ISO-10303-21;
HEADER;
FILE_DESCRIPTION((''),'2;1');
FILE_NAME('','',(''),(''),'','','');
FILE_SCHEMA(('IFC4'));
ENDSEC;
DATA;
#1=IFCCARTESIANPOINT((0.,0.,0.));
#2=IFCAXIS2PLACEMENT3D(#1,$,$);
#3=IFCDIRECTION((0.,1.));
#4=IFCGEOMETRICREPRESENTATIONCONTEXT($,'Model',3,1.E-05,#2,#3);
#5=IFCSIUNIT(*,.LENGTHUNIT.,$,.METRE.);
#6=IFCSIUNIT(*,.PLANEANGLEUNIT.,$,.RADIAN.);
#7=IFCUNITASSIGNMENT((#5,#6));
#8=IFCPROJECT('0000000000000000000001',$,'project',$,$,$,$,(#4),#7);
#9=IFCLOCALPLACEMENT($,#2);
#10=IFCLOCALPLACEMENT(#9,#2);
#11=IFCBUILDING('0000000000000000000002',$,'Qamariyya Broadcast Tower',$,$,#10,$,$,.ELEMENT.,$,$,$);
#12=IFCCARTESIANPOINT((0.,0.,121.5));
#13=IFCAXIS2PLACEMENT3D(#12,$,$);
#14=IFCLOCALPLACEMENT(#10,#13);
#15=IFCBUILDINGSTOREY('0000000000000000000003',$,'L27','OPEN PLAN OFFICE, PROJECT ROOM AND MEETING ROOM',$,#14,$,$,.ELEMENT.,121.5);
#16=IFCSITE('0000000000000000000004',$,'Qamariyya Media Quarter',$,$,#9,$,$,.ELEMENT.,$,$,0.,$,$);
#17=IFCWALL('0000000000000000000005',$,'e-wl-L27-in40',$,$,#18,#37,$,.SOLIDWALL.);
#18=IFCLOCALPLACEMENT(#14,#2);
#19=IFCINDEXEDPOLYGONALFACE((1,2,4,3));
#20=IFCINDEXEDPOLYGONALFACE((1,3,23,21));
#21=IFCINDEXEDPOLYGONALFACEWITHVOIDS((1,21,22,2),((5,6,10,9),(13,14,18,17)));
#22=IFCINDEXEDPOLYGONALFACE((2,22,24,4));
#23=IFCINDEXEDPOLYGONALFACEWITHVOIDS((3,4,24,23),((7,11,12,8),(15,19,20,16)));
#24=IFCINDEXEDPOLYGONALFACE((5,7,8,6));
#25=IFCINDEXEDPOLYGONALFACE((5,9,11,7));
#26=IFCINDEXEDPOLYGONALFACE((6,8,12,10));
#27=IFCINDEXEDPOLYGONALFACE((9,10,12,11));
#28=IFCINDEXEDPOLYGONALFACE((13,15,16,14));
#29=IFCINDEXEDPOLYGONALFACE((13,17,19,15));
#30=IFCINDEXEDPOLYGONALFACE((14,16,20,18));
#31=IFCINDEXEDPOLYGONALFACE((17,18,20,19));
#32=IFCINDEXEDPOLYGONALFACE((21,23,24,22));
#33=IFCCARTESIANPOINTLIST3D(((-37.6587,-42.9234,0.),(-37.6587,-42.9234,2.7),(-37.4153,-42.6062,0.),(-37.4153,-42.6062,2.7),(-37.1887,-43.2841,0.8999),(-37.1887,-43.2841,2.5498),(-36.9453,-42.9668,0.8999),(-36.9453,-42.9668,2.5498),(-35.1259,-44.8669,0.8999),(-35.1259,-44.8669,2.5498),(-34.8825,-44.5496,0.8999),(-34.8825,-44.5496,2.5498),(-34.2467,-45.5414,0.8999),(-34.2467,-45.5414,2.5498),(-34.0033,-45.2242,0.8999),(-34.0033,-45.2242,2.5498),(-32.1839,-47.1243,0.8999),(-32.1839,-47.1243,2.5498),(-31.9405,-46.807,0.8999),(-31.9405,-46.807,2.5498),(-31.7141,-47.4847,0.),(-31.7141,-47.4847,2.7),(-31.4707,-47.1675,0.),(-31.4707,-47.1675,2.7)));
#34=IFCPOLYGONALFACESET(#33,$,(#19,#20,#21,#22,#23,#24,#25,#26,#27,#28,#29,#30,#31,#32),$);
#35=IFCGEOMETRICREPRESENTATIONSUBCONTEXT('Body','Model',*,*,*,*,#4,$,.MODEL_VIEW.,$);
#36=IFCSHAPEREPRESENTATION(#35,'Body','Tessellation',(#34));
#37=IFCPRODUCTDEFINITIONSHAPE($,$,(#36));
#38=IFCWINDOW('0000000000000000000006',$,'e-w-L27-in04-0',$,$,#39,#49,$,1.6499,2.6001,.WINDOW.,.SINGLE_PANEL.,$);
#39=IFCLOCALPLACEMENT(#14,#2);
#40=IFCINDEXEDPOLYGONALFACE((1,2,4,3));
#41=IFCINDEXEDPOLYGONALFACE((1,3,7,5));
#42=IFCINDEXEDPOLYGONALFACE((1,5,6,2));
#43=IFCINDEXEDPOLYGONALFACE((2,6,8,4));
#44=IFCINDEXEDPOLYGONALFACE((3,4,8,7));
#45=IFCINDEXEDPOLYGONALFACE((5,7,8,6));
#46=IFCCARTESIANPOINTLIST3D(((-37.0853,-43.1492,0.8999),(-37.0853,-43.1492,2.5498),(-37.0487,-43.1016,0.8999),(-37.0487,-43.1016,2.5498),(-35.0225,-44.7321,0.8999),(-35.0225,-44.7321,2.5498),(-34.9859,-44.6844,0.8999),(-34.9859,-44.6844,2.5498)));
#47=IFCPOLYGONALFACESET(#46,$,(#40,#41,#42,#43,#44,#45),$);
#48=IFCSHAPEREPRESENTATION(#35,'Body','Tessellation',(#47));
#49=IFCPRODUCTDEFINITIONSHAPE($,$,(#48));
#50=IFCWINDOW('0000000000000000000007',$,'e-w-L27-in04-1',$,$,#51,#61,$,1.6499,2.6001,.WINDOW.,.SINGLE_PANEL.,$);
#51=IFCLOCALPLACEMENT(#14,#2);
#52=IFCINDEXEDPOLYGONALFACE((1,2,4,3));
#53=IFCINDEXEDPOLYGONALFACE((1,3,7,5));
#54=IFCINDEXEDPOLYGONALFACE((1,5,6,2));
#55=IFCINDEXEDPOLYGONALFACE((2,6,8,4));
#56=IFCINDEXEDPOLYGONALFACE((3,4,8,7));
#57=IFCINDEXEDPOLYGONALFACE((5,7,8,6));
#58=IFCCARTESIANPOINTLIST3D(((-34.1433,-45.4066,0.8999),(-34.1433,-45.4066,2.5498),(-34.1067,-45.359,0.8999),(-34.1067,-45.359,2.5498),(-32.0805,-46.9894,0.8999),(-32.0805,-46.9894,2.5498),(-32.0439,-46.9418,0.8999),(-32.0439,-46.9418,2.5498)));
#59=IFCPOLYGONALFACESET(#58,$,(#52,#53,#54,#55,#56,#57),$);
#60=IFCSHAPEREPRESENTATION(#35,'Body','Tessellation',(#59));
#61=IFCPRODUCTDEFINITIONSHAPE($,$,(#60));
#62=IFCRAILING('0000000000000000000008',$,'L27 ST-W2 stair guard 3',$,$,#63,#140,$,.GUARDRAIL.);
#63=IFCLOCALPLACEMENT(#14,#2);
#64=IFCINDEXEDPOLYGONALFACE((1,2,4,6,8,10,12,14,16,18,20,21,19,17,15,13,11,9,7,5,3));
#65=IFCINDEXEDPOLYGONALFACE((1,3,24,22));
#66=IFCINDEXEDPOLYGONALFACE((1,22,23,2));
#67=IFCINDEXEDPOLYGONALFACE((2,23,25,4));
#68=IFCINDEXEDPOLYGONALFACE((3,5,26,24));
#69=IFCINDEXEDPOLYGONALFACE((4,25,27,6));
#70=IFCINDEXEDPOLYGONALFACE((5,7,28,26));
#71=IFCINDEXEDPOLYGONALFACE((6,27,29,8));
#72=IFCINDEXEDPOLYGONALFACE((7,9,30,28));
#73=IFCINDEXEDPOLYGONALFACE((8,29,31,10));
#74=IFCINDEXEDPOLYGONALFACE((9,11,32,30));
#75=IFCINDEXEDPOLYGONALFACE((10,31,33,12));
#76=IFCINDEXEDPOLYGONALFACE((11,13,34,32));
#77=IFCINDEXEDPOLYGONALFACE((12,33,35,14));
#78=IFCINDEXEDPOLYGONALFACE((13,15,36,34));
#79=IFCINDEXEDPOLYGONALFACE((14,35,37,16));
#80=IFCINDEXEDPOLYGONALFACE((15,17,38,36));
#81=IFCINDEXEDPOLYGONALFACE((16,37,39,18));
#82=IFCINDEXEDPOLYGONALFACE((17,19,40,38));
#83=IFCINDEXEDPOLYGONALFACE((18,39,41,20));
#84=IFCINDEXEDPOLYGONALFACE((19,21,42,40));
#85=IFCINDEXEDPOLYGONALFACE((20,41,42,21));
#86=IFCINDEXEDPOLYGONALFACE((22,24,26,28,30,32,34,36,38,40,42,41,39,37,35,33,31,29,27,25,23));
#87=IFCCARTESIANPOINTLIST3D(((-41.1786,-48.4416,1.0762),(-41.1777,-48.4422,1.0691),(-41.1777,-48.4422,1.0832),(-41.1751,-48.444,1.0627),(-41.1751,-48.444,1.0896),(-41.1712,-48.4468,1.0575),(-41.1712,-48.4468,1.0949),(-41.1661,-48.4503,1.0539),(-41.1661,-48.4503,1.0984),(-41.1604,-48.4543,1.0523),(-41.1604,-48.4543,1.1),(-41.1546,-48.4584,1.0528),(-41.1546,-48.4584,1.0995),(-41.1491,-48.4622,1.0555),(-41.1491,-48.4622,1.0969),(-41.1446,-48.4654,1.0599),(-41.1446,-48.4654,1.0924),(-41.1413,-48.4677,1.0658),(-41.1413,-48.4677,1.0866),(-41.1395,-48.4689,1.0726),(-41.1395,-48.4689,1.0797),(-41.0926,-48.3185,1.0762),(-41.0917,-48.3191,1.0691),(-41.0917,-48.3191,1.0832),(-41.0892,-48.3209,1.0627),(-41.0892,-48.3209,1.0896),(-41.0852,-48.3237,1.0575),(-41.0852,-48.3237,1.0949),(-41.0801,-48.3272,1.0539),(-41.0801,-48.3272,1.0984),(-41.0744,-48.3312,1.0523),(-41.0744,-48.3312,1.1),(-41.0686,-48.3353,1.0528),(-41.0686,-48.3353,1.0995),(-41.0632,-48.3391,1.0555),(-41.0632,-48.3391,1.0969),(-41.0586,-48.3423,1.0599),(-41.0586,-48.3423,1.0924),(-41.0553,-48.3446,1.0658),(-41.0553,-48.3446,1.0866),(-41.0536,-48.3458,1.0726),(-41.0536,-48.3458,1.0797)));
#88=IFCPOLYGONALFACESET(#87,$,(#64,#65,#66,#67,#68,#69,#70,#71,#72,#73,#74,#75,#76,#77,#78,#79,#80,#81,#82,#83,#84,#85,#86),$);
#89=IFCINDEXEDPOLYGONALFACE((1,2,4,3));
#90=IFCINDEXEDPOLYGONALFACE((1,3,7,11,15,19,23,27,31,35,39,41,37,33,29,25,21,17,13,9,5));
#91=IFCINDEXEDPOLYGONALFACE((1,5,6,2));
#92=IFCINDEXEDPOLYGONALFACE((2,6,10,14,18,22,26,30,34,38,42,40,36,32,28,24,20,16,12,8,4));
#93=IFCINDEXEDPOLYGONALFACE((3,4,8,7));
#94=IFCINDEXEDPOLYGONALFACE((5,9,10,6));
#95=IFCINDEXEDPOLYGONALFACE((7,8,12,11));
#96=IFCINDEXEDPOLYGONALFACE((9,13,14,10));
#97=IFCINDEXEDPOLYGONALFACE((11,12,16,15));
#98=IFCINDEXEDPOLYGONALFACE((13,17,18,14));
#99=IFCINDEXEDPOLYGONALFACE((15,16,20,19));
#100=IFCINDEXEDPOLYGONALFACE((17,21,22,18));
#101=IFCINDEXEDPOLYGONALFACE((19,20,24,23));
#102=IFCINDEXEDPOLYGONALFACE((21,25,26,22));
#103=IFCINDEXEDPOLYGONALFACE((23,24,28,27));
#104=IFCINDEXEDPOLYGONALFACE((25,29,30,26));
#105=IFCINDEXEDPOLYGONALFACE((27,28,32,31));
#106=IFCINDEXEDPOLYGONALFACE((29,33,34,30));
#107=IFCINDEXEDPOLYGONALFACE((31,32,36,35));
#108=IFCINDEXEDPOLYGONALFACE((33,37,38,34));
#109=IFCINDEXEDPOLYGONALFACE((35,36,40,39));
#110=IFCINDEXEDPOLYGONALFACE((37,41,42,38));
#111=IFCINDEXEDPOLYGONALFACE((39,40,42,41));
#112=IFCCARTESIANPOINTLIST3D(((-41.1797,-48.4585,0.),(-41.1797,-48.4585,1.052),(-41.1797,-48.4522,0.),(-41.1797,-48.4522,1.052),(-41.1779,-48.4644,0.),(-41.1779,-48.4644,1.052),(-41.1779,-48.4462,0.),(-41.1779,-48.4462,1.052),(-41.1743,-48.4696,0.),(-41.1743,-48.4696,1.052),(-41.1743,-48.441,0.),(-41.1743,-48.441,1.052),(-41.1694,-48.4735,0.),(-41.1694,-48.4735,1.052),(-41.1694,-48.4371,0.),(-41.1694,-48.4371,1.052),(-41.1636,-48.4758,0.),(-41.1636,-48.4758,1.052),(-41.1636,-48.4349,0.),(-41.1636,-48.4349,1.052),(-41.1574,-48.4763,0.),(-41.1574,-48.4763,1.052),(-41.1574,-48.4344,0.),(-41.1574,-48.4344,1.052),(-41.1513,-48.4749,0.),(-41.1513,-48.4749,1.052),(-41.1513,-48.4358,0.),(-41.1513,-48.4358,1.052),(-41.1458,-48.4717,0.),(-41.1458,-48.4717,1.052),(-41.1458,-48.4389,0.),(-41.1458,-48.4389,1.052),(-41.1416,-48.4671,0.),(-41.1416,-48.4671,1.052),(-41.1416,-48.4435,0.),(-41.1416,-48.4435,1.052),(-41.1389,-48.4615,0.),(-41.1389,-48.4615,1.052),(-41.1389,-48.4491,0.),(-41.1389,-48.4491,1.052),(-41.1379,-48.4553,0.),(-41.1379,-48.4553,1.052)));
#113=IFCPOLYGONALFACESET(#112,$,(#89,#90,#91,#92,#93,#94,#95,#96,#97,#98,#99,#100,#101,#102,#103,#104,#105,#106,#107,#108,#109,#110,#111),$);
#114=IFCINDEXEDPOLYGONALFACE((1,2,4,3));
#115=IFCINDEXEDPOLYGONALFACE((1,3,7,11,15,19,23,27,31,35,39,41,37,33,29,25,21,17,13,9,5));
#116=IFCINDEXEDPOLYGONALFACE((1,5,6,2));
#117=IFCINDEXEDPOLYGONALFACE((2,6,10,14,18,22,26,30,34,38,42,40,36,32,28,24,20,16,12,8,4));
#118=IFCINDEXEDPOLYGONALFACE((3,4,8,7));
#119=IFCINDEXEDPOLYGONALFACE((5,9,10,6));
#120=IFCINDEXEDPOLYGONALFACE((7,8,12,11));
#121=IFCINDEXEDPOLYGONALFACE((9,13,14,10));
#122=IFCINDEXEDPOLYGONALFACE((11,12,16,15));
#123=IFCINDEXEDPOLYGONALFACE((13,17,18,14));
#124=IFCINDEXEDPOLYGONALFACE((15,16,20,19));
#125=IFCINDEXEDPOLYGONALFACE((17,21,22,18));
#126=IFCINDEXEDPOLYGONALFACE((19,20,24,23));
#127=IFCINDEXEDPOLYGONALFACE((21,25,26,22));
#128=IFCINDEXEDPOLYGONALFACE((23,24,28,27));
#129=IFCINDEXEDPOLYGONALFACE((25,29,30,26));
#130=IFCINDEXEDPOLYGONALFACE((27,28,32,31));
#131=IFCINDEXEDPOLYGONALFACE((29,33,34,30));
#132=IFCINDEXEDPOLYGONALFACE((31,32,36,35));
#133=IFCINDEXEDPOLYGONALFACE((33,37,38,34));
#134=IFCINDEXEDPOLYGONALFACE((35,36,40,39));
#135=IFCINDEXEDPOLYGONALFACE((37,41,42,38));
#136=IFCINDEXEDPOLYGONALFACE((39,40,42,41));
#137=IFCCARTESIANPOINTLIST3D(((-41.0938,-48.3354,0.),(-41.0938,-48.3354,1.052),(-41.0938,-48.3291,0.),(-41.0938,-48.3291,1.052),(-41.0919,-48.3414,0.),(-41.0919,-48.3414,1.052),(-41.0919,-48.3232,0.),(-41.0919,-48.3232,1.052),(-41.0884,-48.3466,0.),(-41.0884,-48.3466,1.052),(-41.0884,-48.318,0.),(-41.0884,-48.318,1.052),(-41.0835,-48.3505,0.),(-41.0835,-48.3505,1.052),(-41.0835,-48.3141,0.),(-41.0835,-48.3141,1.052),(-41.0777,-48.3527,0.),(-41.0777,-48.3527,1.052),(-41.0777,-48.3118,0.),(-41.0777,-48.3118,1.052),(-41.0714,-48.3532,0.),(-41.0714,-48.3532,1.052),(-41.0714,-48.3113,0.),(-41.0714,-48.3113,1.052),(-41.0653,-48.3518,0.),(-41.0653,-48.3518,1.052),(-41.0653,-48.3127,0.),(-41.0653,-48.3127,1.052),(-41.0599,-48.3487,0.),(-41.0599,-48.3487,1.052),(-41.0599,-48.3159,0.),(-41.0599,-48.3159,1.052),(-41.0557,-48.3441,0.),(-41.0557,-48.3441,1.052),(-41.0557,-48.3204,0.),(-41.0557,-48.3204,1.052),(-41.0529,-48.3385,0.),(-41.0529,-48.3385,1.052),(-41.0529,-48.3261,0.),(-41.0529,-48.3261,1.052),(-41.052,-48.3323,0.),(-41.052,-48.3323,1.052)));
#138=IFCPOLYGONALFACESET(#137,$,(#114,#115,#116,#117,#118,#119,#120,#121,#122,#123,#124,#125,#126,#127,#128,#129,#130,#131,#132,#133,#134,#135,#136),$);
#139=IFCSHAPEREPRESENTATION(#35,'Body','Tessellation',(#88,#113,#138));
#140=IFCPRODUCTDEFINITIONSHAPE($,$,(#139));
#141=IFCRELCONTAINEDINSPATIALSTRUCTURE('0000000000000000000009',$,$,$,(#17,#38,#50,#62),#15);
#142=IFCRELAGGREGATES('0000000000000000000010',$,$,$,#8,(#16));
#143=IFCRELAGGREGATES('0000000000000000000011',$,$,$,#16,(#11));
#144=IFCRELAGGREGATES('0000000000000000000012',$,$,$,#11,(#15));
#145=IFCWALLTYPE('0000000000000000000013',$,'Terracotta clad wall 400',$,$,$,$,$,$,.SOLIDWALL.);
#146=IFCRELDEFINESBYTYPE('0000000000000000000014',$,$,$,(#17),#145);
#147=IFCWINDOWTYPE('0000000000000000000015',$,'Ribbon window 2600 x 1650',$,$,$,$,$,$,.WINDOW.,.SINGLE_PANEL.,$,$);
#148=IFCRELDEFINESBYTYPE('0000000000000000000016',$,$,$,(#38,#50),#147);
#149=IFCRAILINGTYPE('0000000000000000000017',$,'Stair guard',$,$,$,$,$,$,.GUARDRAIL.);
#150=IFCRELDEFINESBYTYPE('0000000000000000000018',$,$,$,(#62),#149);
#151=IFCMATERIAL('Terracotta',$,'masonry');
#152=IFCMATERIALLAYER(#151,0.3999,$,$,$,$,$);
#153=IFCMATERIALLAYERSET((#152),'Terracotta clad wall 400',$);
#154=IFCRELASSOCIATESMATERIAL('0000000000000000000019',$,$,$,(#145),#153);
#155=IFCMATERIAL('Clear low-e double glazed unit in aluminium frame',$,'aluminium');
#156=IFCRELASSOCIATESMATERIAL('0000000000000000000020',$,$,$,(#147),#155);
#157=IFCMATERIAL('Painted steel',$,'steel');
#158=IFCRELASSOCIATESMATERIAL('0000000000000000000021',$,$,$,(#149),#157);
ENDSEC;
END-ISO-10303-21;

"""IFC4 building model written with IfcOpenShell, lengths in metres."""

from ifc_helpers import new_model, si_unit, direction, frame, frame_2d, origin, origin_2d, place, context, subcontext, project, spatial, rectangle, circle, extrude, material, layer, layer_set, type_object, element, fill, save


model = new_model("IFC4")

# Units and contexts
model_context = context("Model", 3, precision=1e-05, world=origin(), true_north=direction((0.0, 1.0)))
body_context = subcontext(model_context, "Body", "Model", "MODEL_VIEW")
ifc_project = project(units=[si_unit("LENGTHUNIT", "METRE"), si_unit("PLANEANGLEUNIT", "RADIAN")], contexts=[model_context])

# Site, building, storey
site_placement = place(None, origin())
site = spatial("IfcSite", under=ifc_project, at=site_placement, Name="Qamariyya Media Quarter", CompositionType="ELEMENT", RefElevation=0.0)
building_placement = place(site_placement, origin())
building = spatial("IfcBuilding", under=site, at=building_placement, Name="Qamariyya Broadcast Tower", CompositionType="ELEMENT")
storey_placement = place(building_placement, frame((0.0, 0.0, 121.5)))
storey = spatial("IfcBuildingStorey", under=building, at=storey_placement, Name="L27", Description="OPEN PLAN OFFICE, PROJECT ROOM AND MEETING ROOM", CompositionType="ELEMENT", Elevation=121.5)

# Wall, openings, windows
ifc_material_1 = material(Name="Terracotta", Category="masonry")
ifc_layer_1 = layer(ifc_material_1, 0.3999)
ifc_layer_set_1 = layer_set([ifc_layer_1], Name="Terracotta clad wall 400")
wall_type_1 = type_object("IfcWallType", Name="Terracotta clad wall 400", PredefinedType="SOLIDWALL", material=ifc_layer_set_1)
ifc_material_2 = material(Name="Clear low-e double glazed unit in aluminium frame", Category="aluminium")
window_type = type_object("IfcWindowType", Name="Ribbon window 2600 x 1650", PartitioningType="SINGLE_PANEL", PredefinedType="WINDOW", material=ifc_material_2)
wall_1_placement = place(storey_placement, frame((-31.5923, -47.3262, 0.0), z_axis=(0.0, 0.0, 1.0), x_axis=(-0.793363, 0.608748, 0.0)))
wall_1 = element("IfcWall", 1, at=wall_1_placement, inside=storey, type_object=wall_type_1, Name="e-wl-L27-in40", PredefinedType="SOLIDWALL", context=body_context, shape_type="SweptSolid", body=[
    extrude(rectangle(XDim=7.4929, YDim=0.3999, at=frame_2d((3.7466, 0.0))), origin(), (0.0, 0.0, 1.0), 2.7),
])
opening_1_placement = place(wall_1_placement, frame((4.3005, 0.0, 0.8999)))
opening_1 = element("IfcOpeningElement", 2, at=opening_1_placement, cuts=wall_1, PredefinedType="OPENING", context=body_context, shape_type="SweptSolid", body=[
    extrude(rectangle(XDim=2.6001, YDim=1.6499, at=frame_2d((1.3, 0.825))), frame((0.0, 0.21, 0.0), z_axis=(0.0, -1.0, 0.0), x_axis=(1.0, 0.0, 0.0)), (0.0, 0.0, 1.0), 0.4199),
])
opening_2_placement = place(wall_1_placement, frame((0.5923, 0.0, 0.8999)))
opening_2 = element("IfcOpeningElement", 3, at=opening_2_placement, cuts=wall_1, PredefinedType="OPENING", context=body_context, shape_type="SweptSolid", body=[
    extrude(rectangle(XDim=2.6001, YDim=1.6499, at=frame_2d((1.3, 0.825))), frame((0.0, 0.21, 0.0), z_axis=(0.0, -1.0, 0.0), x_axis=(1.0, 0.0, 0.0)), (0.0, 0.0, 1.0), 0.4199),
])
window_1_placement = place(opening_1_placement, origin())
window_1 = element("IfcWindow", 4, at=window_1_placement, inside=storey, type_object=window_type, Name="e-w-L27-in04-0", OverallHeight=1.6499, OverallWidth=2.6001, PartitioningType="SINGLE_PANEL", PredefinedType="WINDOW", context=body_context, shape_type="SweptSolid", body=[
    extrude(rectangle(XDim=2.6001, YDim=1.6499, at=frame_2d((1.3, 0.825))), frame((0.0, 0.03, 0.0), z_axis=(0.0, -1.0, 0.0), x_axis=(1.0, 0.0, 0.0)), (0.0, 0.0, 1.0), 0.0601),
])
fill(opening_1, window_1)
window_2_placement = place(opening_2_placement, origin())
window_2 = element("IfcWindow", 5, at=window_2_placement, inside=storey, type_object=window_type, Name="e-w-L27-in04-1", OverallHeight=1.6499, OverallWidth=2.6001, PartitioningType="SINGLE_PANEL", PredefinedType="WINDOW", context=body_context, shape_type="SweptSolid", body=[
    extrude(rectangle(XDim=2.6001, YDim=1.6499, at=frame_2d((1.3, 0.825))), frame((0.0, 0.03, 0.0), z_axis=(0.0, -1.0, 0.0), x_axis=(1.0, 0.0, 0.0)), (0.0, 0.0, 1.0), 0.0601),
])
fill(opening_2, window_2)

# Railing
ifc_material_3 = material(Name="Painted steel", Category="steel")
railing_type_1 = type_object("IfcRailingType", Name="Stair guard", PredefinedType="GUARDRAIL", material=ifc_material_3)
railing_1_placement = place(storey_placement, frame((-41.1589, -48.4553, 0.0)))
element("IfcRailing", 6, at=railing_1_placement, inside=storey, type_object=railing_type_1, Name="L27 ST-W2 stair guard 3", PredefinedType="GUARDRAIL", context=body_context, shape_type="SweptSolid", body=[
    extrude(circle(Radius=0.0239, at=origin_2d()), frame((0.0, 0.0, 1.0762), z_axis=(0.572589, 0.819843, 0.0), x_axis=(-0.819843, 0.572589, 0.0)), (0.0, 0.0, 1.0), 0.1501),
    extrude(circle(Radius=0.021, at=origin_2d()), origin(), (0.0, 0.0, 1.0), 1.052),
    extrude(circle(Radius=0.021, at=origin_2d()), frame((0.0859, 0.123, 0.0)), (0.0, 0.0, 1.0), 1.052),
])

save(model, "model.ifc")
